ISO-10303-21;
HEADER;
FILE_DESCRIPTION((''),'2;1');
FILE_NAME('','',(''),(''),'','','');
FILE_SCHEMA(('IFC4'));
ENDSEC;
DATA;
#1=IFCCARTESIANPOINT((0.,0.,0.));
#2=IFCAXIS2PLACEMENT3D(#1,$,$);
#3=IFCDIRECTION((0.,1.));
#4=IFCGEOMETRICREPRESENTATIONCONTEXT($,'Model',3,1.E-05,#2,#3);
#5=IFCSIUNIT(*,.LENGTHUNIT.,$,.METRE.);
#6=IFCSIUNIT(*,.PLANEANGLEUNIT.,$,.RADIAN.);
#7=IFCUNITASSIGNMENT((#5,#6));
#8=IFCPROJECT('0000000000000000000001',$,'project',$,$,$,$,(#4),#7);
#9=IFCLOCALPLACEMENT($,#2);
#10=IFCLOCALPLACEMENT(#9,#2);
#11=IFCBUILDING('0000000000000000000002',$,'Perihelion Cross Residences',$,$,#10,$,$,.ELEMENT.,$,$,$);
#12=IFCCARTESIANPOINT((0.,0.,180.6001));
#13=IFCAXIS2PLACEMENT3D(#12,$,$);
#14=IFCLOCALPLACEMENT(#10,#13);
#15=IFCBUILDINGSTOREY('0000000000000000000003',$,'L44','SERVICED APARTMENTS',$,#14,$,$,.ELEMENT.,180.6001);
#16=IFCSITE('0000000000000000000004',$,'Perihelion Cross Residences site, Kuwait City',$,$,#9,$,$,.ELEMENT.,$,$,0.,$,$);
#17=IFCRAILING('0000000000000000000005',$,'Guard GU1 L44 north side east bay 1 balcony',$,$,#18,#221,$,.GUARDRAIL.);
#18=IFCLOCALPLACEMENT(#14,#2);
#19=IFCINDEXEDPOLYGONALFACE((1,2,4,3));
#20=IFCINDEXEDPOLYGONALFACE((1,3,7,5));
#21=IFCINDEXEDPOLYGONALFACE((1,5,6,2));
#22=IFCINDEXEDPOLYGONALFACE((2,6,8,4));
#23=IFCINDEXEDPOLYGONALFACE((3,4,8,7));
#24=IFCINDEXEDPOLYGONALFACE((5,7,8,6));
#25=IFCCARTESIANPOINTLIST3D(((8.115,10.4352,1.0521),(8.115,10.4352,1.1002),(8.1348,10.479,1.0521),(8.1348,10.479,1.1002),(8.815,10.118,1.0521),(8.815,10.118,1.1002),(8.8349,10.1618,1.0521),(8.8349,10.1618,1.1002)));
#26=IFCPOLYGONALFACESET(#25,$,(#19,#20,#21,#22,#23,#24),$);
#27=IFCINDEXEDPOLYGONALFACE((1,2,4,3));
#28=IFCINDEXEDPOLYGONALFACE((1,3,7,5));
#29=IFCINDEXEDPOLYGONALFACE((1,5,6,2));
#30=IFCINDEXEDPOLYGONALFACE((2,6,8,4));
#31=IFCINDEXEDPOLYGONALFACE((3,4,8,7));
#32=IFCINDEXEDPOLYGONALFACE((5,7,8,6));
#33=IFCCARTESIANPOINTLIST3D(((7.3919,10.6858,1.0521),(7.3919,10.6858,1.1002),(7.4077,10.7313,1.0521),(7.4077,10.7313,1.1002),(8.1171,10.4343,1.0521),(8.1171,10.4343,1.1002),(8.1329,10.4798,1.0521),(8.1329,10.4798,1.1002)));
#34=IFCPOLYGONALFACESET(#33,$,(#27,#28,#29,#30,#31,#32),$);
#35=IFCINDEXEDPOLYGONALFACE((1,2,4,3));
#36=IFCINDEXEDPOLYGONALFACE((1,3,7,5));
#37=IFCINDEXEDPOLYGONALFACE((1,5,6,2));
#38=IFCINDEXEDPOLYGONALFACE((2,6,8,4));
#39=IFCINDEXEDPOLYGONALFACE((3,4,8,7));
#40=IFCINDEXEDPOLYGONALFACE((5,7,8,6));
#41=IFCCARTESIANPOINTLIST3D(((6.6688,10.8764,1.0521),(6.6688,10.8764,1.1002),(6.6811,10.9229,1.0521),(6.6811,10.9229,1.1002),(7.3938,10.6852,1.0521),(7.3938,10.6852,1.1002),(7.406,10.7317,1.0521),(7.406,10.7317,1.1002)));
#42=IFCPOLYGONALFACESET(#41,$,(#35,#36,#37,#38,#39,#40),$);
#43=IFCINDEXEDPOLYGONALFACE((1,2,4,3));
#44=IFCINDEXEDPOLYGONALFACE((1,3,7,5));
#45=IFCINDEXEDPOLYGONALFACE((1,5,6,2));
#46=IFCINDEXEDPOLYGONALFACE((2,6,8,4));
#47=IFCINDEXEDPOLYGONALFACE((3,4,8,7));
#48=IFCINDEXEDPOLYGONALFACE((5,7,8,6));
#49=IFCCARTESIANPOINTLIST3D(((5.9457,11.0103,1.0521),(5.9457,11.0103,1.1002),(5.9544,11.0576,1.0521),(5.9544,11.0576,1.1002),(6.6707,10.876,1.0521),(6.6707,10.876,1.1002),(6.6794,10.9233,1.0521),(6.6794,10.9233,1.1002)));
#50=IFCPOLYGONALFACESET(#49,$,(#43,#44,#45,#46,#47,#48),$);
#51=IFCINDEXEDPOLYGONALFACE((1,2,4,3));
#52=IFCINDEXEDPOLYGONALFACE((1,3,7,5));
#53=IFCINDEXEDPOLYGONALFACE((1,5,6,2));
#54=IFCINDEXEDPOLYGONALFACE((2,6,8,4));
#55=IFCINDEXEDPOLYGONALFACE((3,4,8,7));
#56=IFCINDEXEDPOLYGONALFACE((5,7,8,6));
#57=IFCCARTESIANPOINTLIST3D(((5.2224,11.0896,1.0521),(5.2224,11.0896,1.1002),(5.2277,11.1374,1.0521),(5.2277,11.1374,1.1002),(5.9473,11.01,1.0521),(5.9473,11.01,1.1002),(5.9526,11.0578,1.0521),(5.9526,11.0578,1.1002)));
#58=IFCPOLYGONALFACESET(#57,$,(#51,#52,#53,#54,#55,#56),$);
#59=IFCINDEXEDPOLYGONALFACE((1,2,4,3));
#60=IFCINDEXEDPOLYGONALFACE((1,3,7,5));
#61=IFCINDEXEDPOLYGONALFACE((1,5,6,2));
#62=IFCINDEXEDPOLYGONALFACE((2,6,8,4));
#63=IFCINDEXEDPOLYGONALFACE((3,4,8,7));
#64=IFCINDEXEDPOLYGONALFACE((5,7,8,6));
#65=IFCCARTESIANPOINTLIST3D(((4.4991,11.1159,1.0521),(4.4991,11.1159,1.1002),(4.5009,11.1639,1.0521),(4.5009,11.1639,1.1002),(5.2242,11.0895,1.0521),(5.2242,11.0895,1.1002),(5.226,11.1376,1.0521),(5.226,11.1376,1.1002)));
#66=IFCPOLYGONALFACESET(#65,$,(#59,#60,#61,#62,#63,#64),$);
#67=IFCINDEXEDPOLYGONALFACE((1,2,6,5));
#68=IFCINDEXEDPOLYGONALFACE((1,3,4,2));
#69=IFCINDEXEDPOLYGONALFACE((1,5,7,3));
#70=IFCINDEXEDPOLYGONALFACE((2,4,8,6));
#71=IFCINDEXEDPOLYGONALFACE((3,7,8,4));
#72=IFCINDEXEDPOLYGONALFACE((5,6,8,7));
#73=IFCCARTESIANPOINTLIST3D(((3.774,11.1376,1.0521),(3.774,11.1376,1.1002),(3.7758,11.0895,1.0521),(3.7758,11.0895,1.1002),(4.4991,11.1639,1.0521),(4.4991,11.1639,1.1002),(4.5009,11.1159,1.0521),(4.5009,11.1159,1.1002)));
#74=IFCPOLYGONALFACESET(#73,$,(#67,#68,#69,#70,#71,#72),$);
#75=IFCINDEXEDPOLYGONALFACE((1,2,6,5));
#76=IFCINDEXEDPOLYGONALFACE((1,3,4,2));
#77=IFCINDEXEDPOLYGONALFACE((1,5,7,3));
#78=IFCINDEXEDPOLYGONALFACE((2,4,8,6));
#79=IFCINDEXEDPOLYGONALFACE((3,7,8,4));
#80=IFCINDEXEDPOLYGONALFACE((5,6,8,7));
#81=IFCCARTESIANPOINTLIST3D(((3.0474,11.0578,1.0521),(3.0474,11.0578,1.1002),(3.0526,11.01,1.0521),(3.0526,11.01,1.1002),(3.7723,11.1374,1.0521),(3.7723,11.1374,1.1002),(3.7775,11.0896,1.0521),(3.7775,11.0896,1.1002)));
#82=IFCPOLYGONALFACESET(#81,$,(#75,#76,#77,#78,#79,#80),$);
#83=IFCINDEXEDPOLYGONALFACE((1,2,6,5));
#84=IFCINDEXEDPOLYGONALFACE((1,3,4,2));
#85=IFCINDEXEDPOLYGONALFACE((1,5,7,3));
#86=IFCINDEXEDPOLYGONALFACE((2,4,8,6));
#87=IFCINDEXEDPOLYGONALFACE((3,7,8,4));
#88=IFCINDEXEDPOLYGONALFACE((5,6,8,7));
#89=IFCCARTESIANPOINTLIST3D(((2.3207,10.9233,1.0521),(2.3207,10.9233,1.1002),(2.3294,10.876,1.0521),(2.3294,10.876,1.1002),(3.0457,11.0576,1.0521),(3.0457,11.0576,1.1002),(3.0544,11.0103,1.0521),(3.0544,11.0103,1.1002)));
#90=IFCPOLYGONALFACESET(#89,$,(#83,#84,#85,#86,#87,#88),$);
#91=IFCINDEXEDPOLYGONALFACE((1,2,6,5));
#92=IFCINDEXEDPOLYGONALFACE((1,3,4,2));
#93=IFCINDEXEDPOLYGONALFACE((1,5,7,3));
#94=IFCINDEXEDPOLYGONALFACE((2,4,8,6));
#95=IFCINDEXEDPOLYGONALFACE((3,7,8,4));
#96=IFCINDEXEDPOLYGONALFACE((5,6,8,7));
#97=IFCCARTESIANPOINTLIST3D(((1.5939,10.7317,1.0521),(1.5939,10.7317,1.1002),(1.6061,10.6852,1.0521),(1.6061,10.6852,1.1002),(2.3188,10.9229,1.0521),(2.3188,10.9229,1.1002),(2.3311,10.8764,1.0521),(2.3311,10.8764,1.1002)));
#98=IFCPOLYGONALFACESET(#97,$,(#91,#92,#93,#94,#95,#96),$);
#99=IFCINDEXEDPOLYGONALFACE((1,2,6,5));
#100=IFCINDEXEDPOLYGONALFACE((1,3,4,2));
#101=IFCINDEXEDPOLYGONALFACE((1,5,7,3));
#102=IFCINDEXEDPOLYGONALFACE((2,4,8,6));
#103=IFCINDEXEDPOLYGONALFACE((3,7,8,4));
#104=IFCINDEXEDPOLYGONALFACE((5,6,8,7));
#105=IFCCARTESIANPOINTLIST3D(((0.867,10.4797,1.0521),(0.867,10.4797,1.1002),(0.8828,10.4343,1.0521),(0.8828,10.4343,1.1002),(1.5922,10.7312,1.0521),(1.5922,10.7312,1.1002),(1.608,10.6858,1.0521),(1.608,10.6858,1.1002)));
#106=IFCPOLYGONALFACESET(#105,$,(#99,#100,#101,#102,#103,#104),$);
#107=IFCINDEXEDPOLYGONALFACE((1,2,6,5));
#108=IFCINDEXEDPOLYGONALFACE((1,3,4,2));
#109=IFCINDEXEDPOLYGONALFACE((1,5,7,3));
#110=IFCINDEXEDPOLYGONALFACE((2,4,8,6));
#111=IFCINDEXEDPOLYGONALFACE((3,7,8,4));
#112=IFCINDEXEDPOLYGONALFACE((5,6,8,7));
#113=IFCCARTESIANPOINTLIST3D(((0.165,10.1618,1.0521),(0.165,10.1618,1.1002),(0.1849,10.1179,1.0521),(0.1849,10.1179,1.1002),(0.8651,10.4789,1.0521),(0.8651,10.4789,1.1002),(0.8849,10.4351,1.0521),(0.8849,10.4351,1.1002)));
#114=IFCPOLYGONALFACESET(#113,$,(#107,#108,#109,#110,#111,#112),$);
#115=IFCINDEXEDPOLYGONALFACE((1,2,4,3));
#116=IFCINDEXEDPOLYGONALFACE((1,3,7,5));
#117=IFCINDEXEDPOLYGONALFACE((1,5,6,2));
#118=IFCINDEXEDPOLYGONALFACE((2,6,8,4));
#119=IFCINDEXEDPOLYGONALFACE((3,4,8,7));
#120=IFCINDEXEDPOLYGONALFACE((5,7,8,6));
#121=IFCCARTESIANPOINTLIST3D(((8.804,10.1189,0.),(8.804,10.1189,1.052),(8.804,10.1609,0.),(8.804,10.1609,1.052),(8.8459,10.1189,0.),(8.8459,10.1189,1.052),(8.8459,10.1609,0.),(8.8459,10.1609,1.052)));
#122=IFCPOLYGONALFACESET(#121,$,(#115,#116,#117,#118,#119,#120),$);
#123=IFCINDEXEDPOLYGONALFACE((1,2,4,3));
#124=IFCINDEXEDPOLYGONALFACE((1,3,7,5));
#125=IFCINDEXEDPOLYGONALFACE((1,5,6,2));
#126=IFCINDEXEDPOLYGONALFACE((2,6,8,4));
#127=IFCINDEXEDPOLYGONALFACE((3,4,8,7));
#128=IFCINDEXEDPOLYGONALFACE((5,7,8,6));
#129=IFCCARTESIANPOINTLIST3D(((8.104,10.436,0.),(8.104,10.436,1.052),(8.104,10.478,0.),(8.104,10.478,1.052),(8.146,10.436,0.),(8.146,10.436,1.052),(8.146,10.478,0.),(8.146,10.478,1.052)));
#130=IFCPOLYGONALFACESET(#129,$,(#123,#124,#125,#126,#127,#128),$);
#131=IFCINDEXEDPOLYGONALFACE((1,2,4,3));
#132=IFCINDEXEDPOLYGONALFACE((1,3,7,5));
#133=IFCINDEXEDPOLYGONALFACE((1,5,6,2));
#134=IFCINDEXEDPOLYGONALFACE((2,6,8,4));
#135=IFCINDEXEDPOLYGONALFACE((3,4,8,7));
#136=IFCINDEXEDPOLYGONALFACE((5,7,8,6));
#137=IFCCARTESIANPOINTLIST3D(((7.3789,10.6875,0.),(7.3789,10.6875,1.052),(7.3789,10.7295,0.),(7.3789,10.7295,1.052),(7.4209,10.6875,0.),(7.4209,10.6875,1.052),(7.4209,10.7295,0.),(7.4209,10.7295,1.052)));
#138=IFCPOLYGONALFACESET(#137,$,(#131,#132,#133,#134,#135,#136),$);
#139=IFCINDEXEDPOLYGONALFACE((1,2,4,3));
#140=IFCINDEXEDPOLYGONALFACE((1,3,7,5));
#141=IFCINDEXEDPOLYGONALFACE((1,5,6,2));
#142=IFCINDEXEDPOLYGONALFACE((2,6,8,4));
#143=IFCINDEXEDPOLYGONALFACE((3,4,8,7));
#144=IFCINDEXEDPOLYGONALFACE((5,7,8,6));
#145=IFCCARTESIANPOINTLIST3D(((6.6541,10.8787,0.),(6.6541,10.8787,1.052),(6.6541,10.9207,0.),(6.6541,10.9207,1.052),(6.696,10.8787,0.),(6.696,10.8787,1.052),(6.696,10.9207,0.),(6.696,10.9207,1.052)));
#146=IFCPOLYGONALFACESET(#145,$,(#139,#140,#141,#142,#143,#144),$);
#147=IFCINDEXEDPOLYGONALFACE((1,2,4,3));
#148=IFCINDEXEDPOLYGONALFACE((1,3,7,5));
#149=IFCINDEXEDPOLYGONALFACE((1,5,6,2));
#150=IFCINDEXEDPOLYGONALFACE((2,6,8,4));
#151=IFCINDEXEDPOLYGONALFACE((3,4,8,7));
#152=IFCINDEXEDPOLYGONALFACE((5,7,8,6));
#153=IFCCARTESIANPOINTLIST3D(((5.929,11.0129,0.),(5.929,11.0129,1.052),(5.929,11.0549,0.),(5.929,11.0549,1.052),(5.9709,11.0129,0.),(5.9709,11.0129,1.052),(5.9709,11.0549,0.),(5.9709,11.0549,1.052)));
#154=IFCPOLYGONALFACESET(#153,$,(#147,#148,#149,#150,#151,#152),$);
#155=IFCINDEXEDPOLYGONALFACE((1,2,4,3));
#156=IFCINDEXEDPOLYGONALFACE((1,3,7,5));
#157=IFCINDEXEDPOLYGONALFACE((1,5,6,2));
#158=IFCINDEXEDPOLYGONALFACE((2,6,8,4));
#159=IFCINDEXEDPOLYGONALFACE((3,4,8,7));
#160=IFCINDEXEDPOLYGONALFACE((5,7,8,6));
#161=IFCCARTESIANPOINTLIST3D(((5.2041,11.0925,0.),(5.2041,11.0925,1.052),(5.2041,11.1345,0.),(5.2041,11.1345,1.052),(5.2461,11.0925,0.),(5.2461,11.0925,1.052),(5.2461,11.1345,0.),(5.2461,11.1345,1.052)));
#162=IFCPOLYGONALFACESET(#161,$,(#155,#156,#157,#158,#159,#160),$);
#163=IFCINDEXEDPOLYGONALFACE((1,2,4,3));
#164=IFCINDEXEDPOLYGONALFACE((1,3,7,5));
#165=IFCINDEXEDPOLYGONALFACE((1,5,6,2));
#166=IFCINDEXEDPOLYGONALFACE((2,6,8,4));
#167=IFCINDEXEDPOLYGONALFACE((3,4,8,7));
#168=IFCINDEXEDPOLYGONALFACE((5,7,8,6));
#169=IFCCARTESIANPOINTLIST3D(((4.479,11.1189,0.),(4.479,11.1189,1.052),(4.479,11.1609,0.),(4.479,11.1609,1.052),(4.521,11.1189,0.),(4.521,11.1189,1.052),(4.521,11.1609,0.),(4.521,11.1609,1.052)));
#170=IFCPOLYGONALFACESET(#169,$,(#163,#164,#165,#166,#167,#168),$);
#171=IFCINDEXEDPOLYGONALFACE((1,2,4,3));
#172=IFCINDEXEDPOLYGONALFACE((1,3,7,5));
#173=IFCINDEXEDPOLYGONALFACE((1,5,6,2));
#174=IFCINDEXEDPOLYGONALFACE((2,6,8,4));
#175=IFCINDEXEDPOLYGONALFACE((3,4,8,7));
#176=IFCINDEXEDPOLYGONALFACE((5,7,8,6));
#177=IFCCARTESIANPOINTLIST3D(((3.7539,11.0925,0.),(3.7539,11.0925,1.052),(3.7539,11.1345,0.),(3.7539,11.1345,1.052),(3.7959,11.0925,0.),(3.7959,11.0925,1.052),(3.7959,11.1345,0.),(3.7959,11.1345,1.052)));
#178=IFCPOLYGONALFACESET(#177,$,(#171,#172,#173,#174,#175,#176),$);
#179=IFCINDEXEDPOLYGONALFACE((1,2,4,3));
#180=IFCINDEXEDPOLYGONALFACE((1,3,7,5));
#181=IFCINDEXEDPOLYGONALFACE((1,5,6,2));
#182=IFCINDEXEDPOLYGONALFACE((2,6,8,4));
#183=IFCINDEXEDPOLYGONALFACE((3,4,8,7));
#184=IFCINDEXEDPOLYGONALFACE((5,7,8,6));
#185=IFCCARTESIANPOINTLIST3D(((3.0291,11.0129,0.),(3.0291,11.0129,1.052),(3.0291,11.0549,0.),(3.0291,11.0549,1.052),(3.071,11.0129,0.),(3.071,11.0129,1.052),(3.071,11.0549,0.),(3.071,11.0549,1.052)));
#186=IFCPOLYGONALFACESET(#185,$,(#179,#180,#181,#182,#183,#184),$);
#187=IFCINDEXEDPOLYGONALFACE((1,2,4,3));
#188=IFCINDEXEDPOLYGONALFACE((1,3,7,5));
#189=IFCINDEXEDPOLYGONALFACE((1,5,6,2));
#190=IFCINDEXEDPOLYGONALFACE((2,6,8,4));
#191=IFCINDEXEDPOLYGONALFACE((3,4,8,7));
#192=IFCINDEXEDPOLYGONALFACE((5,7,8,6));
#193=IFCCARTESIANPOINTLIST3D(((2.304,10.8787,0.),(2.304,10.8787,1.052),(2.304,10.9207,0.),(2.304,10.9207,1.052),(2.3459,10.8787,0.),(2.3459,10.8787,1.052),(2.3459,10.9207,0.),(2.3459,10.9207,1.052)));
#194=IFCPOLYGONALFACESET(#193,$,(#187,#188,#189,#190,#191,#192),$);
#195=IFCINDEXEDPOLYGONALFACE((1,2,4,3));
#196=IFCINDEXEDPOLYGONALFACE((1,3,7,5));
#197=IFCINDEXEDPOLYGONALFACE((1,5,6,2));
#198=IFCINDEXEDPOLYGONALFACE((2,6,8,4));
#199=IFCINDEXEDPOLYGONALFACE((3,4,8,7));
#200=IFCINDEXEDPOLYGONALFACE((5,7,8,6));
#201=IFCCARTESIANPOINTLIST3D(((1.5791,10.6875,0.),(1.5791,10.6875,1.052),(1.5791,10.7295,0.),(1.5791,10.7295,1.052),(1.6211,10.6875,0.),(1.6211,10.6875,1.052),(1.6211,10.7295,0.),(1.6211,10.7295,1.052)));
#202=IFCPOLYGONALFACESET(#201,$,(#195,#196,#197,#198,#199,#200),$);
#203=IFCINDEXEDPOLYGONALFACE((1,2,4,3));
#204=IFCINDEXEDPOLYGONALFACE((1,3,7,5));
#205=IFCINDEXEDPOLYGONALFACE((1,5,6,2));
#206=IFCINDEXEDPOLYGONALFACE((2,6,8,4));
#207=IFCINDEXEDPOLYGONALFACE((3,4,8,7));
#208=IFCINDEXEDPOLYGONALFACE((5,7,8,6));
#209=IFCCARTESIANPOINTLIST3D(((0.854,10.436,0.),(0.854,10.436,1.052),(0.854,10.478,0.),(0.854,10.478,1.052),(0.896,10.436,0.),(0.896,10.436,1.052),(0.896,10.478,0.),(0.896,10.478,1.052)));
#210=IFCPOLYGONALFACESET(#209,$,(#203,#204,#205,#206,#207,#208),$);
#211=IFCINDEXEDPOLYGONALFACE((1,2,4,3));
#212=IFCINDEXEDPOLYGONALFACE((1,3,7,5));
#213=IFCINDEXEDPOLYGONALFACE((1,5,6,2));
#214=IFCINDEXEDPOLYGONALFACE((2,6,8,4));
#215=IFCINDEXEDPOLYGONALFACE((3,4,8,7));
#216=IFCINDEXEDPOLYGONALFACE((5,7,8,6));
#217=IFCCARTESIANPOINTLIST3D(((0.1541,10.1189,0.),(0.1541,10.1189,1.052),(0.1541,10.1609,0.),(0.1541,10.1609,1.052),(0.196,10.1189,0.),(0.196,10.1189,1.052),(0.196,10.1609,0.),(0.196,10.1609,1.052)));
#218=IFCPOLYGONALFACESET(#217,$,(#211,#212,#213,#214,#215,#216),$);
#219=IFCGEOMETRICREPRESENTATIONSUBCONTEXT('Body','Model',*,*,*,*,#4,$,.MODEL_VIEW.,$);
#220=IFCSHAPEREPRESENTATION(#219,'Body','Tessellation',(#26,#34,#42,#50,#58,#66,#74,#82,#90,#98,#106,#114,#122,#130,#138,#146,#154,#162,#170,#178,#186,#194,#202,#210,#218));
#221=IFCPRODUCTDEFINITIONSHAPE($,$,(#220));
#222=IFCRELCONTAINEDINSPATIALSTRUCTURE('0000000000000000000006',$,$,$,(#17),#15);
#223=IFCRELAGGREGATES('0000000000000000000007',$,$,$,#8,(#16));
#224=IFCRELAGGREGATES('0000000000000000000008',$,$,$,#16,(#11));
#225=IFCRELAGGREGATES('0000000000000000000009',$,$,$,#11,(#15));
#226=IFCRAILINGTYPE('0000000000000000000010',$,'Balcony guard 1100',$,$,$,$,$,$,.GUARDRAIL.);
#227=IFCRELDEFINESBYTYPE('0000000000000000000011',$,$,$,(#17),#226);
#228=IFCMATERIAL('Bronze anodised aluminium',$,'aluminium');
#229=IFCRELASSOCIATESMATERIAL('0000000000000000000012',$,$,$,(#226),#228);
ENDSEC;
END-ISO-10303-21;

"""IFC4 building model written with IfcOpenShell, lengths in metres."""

from ifc_helpers import new_model, si_unit, direction, frame, origin, origin_2d, place, context, subcontext, project, spatial, rectangle, extrude, material, type_object, element, save


model = new_model("IFC4")

# Units and contexts
model_context = context("Model", 3, precision=1e-05, world=origin(), true_north=direction((0.0, 1.0)))
body_context = subcontext(model_context, "Body", "Model", "MODEL_VIEW")
ifc_project = project(units=[si_unit("LENGTHUNIT", "METRE"), si_unit("PLANEANGLEUNIT", "RADIAN")], contexts=[model_context])

# Site, building, storey
site_placement = place(None, origin())
site = spatial("IfcSite", under=ifc_project, at=site_placement, Name="Perihelion Cross Residences site, Kuwait City", CompositionType="ELEMENT", RefElevation=0.0)
building_placement = place(site_placement, origin())
building = spatial("IfcBuilding", under=site, at=building_placement, Name="Perihelion Cross Residences", CompositionType="ELEMENT")
storey_placement = place(building_placement, frame((0.0, 0.0, 180.6001)))
storey = spatial("IfcBuildingStorey", under=building, at=storey_placement, Name="L44", Description="SERVICED APARTMENTS", CompositionType="ELEMENT", Elevation=180.6001)

# Railing
ifc_material_1 = material(Name="Bronze anodised aluminium", Category="aluminium")
railing_type = type_object("IfcRailingType", Name="Balcony guard 1100", PredefinedType="GUARDRAIL", material=ifc_material_1)
railing_placement = place(storey_placement, frame((8.825, 10.1399, 0.0)))
element("IfcRailing", 1, at=railing_placement, inside=storey, type_object=railing_type, Name="Guard GU1 L44 north side east bay 1 balcony", PredefinedType="GUARDRAIL", context=body_context, shape_type="SweptSolid", body=[
    extrude(rectangle(XDim=0.0481, YDim=0.0481, at=origin_2d()), frame((0.0, 0.0, 1.0762), z_axis=(-0.910866, 0.412702, 0.0), x_axis=(-0.412702, -0.910866, 0.0)), (0.0, 0.0, 1.0), 0.7686),
    extrude(rectangle(XDim=0.0481, YDim=0.0481, at=origin_2d()), frame((-0.7, 0.3171, 1.0762), z_axis=(-0.944797, 0.327657, 0.0), x_axis=(-0.327657, -0.944797, 0.0)), (0.0, 0.0, 1.0), 0.7676),
    extrude(rectangle(XDim=0.0481, YDim=0.0481, at=origin_2d()), frame((-1.425, 0.5686, 1.0762), z_axis=(-0.966939, 0.255006, 0.0), x_axis=(-0.255006, -0.966939, 0.0)), (0.0, 0.0, 1.0), 0.7498),
    extrude(rectangle(XDim=0.0481, YDim=0.0481, at=origin_2d()), frame((-2.1499, 0.7598, 1.0762), z_axis=(-0.983282, 0.182089, 0.0), x_axis=(-0.182089, -0.983282, 0.0)), (0.0, 0.0, 1.0), 0.7373),
    extrude(rectangle(XDim=0.0481, YDim=0.0481, at=origin_2d()), frame((-2.875, 0.894, 1.0762), z_axis=(-0.994026, 0.109145, 0.0), x_axis=(-0.109145, -0.994026, 0.0)), (0.0, 0.0, 1.0), 0.7292),
    extrude(rectangle(XDim=0.0481, YDim=0.0481, at=origin_2d()), frame((-3.5999, 0.9736, 1.0762), z_axis=(-0.999339, 0.03634, 0.0), x_axis=(-0.03634, -0.999339, 0.0)), (0.0, 0.0, 1.0), 0.7256),
    extrude(rectangle(XDim=0.0481, YDim=0.0481, at=origin_2d()), frame((-4.325, 1.0, 1.0762), z_axis=(-0.999339, -0.03634, 0.0), x_axis=(0.03634, -0.999339, 0.0)), (0.0, 0.0, 1.0), 0.7256),
    extrude(rectangle(XDim=0.0481, YDim=0.0481, at=origin_2d()), frame((-5.05, 0.9736, 1.0762), z_axis=(-0.994026, -0.109145, 0.0), x_axis=(0.109145, -0.994026, 0.0)), (0.0, 0.0, 1.0), 0.7292),
    extrude(rectangle(XDim=0.0481, YDim=0.0481, at=origin_2d()), frame((-5.7749, 0.894, 1.0762), z_axis=(-0.983282, -0.182089, 0.0), x_axis=(0.182089, -0.983282, 0.0)), (0.0, 0.0, 1.0), 0.7373),
    extrude(rectangle(XDim=0.0481, YDim=0.0481, at=origin_2d()), frame((-6.5, 0.7598, 1.0762), z_axis=(-0.966939, -0.255006, 0.0), x_axis=(0.255006, -0.966939, 0.0)), (0.0, 0.0, 1.0), 0.7498),
    extrude(rectangle(XDim=0.0481, YDim=0.0481, at=origin_2d()), frame((-7.2249, 0.5686, 1.0762), z_axis=(-0.944797, -0.327657, 0.0), x_axis=(0.327657, -0.944797, 0.0)), (0.0, 0.0, 1.0), 0.7676),
    extrude(rectangle(XDim=0.0481, YDim=0.0481, at=origin_2d()), frame((-7.95, 0.3171, 1.0762), z_axis=(-0.910866, -0.412702, 0.0), x_axis=(0.412702, -0.910866, 0.0)), (0.0, 0.0, 1.0), 0.7686),
    extrude(rectangle(XDim=0.042, YDim=0.042, at=origin_2d()), origin(), (0.0, 0.0, 1.0), 1.052),
    extrude(rectangle(XDim=0.042, YDim=0.042, at=origin_2d()), frame((-0.7, 0.3171, 0.0)), (0.0, 0.0, 1.0), 1.052),
    extrude(rectangle(XDim=0.042, YDim=0.042, at=origin_2d()), frame((-1.425, 0.5686, 0.0)), (0.0, 0.0, 1.0), 1.052),
    extrude(rectangle(XDim=0.042, YDim=0.042, at=origin_2d()), frame((-2.1499, 0.7598, 0.0)), (0.0, 0.0, 1.0), 1.052),
    extrude(rectangle(XDim=0.042, YDim=0.042, at=origin_2d()), frame((-2.875, 0.894, 0.0)), (0.0, 0.0, 1.0), 1.052),
    extrude(rectangle(XDim=0.042, YDim=0.042, at=origin_2d()), frame((-3.5999, 0.9736, 0.0)), (0.0, 0.0, 1.0), 1.052),
    extrude(rectangle(XDim=0.042, YDim=0.042, at=origin_2d()), frame((-4.325, 1.0, 0.0)), (0.0, 0.0, 1.0), 1.052),
    extrude(rectangle(XDim=0.042, YDim=0.042, at=origin_2d()), frame((-5.05, 0.9736, 0.0)), (0.0, 0.0, 1.0), 1.052),
    extrude(rectangle(XDim=0.042, YDim=0.042, at=origin_2d()), frame((-5.7749, 0.894, 0.0)), (0.0, 0.0, 1.0), 1.052),
    extrude(rectangle(XDim=0.042, YDim=0.042, at=origin_2d()), frame((-6.5, 0.7598, 0.0)), (0.0, 0.0, 1.0), 1.052),
    extrude(rectangle(XDim=0.042, YDim=0.042, at=origin_2d()), frame((-7.2249, 0.5686, 0.0)), (0.0, 0.0, 1.0), 1.052),
    extrude(rectangle(XDim=0.042, YDim=0.042, at=origin_2d()), frame((-7.95, 0.3171, 0.0)), (0.0, 0.0, 1.0), 1.052),
    extrude(rectangle(XDim=0.042, YDim=0.042, at=origin_2d()), frame((-8.6499, 0.0, 0.0)), (0.0, 0.0, 1.0), 1.052),
])

save(model, "model.ifc")
